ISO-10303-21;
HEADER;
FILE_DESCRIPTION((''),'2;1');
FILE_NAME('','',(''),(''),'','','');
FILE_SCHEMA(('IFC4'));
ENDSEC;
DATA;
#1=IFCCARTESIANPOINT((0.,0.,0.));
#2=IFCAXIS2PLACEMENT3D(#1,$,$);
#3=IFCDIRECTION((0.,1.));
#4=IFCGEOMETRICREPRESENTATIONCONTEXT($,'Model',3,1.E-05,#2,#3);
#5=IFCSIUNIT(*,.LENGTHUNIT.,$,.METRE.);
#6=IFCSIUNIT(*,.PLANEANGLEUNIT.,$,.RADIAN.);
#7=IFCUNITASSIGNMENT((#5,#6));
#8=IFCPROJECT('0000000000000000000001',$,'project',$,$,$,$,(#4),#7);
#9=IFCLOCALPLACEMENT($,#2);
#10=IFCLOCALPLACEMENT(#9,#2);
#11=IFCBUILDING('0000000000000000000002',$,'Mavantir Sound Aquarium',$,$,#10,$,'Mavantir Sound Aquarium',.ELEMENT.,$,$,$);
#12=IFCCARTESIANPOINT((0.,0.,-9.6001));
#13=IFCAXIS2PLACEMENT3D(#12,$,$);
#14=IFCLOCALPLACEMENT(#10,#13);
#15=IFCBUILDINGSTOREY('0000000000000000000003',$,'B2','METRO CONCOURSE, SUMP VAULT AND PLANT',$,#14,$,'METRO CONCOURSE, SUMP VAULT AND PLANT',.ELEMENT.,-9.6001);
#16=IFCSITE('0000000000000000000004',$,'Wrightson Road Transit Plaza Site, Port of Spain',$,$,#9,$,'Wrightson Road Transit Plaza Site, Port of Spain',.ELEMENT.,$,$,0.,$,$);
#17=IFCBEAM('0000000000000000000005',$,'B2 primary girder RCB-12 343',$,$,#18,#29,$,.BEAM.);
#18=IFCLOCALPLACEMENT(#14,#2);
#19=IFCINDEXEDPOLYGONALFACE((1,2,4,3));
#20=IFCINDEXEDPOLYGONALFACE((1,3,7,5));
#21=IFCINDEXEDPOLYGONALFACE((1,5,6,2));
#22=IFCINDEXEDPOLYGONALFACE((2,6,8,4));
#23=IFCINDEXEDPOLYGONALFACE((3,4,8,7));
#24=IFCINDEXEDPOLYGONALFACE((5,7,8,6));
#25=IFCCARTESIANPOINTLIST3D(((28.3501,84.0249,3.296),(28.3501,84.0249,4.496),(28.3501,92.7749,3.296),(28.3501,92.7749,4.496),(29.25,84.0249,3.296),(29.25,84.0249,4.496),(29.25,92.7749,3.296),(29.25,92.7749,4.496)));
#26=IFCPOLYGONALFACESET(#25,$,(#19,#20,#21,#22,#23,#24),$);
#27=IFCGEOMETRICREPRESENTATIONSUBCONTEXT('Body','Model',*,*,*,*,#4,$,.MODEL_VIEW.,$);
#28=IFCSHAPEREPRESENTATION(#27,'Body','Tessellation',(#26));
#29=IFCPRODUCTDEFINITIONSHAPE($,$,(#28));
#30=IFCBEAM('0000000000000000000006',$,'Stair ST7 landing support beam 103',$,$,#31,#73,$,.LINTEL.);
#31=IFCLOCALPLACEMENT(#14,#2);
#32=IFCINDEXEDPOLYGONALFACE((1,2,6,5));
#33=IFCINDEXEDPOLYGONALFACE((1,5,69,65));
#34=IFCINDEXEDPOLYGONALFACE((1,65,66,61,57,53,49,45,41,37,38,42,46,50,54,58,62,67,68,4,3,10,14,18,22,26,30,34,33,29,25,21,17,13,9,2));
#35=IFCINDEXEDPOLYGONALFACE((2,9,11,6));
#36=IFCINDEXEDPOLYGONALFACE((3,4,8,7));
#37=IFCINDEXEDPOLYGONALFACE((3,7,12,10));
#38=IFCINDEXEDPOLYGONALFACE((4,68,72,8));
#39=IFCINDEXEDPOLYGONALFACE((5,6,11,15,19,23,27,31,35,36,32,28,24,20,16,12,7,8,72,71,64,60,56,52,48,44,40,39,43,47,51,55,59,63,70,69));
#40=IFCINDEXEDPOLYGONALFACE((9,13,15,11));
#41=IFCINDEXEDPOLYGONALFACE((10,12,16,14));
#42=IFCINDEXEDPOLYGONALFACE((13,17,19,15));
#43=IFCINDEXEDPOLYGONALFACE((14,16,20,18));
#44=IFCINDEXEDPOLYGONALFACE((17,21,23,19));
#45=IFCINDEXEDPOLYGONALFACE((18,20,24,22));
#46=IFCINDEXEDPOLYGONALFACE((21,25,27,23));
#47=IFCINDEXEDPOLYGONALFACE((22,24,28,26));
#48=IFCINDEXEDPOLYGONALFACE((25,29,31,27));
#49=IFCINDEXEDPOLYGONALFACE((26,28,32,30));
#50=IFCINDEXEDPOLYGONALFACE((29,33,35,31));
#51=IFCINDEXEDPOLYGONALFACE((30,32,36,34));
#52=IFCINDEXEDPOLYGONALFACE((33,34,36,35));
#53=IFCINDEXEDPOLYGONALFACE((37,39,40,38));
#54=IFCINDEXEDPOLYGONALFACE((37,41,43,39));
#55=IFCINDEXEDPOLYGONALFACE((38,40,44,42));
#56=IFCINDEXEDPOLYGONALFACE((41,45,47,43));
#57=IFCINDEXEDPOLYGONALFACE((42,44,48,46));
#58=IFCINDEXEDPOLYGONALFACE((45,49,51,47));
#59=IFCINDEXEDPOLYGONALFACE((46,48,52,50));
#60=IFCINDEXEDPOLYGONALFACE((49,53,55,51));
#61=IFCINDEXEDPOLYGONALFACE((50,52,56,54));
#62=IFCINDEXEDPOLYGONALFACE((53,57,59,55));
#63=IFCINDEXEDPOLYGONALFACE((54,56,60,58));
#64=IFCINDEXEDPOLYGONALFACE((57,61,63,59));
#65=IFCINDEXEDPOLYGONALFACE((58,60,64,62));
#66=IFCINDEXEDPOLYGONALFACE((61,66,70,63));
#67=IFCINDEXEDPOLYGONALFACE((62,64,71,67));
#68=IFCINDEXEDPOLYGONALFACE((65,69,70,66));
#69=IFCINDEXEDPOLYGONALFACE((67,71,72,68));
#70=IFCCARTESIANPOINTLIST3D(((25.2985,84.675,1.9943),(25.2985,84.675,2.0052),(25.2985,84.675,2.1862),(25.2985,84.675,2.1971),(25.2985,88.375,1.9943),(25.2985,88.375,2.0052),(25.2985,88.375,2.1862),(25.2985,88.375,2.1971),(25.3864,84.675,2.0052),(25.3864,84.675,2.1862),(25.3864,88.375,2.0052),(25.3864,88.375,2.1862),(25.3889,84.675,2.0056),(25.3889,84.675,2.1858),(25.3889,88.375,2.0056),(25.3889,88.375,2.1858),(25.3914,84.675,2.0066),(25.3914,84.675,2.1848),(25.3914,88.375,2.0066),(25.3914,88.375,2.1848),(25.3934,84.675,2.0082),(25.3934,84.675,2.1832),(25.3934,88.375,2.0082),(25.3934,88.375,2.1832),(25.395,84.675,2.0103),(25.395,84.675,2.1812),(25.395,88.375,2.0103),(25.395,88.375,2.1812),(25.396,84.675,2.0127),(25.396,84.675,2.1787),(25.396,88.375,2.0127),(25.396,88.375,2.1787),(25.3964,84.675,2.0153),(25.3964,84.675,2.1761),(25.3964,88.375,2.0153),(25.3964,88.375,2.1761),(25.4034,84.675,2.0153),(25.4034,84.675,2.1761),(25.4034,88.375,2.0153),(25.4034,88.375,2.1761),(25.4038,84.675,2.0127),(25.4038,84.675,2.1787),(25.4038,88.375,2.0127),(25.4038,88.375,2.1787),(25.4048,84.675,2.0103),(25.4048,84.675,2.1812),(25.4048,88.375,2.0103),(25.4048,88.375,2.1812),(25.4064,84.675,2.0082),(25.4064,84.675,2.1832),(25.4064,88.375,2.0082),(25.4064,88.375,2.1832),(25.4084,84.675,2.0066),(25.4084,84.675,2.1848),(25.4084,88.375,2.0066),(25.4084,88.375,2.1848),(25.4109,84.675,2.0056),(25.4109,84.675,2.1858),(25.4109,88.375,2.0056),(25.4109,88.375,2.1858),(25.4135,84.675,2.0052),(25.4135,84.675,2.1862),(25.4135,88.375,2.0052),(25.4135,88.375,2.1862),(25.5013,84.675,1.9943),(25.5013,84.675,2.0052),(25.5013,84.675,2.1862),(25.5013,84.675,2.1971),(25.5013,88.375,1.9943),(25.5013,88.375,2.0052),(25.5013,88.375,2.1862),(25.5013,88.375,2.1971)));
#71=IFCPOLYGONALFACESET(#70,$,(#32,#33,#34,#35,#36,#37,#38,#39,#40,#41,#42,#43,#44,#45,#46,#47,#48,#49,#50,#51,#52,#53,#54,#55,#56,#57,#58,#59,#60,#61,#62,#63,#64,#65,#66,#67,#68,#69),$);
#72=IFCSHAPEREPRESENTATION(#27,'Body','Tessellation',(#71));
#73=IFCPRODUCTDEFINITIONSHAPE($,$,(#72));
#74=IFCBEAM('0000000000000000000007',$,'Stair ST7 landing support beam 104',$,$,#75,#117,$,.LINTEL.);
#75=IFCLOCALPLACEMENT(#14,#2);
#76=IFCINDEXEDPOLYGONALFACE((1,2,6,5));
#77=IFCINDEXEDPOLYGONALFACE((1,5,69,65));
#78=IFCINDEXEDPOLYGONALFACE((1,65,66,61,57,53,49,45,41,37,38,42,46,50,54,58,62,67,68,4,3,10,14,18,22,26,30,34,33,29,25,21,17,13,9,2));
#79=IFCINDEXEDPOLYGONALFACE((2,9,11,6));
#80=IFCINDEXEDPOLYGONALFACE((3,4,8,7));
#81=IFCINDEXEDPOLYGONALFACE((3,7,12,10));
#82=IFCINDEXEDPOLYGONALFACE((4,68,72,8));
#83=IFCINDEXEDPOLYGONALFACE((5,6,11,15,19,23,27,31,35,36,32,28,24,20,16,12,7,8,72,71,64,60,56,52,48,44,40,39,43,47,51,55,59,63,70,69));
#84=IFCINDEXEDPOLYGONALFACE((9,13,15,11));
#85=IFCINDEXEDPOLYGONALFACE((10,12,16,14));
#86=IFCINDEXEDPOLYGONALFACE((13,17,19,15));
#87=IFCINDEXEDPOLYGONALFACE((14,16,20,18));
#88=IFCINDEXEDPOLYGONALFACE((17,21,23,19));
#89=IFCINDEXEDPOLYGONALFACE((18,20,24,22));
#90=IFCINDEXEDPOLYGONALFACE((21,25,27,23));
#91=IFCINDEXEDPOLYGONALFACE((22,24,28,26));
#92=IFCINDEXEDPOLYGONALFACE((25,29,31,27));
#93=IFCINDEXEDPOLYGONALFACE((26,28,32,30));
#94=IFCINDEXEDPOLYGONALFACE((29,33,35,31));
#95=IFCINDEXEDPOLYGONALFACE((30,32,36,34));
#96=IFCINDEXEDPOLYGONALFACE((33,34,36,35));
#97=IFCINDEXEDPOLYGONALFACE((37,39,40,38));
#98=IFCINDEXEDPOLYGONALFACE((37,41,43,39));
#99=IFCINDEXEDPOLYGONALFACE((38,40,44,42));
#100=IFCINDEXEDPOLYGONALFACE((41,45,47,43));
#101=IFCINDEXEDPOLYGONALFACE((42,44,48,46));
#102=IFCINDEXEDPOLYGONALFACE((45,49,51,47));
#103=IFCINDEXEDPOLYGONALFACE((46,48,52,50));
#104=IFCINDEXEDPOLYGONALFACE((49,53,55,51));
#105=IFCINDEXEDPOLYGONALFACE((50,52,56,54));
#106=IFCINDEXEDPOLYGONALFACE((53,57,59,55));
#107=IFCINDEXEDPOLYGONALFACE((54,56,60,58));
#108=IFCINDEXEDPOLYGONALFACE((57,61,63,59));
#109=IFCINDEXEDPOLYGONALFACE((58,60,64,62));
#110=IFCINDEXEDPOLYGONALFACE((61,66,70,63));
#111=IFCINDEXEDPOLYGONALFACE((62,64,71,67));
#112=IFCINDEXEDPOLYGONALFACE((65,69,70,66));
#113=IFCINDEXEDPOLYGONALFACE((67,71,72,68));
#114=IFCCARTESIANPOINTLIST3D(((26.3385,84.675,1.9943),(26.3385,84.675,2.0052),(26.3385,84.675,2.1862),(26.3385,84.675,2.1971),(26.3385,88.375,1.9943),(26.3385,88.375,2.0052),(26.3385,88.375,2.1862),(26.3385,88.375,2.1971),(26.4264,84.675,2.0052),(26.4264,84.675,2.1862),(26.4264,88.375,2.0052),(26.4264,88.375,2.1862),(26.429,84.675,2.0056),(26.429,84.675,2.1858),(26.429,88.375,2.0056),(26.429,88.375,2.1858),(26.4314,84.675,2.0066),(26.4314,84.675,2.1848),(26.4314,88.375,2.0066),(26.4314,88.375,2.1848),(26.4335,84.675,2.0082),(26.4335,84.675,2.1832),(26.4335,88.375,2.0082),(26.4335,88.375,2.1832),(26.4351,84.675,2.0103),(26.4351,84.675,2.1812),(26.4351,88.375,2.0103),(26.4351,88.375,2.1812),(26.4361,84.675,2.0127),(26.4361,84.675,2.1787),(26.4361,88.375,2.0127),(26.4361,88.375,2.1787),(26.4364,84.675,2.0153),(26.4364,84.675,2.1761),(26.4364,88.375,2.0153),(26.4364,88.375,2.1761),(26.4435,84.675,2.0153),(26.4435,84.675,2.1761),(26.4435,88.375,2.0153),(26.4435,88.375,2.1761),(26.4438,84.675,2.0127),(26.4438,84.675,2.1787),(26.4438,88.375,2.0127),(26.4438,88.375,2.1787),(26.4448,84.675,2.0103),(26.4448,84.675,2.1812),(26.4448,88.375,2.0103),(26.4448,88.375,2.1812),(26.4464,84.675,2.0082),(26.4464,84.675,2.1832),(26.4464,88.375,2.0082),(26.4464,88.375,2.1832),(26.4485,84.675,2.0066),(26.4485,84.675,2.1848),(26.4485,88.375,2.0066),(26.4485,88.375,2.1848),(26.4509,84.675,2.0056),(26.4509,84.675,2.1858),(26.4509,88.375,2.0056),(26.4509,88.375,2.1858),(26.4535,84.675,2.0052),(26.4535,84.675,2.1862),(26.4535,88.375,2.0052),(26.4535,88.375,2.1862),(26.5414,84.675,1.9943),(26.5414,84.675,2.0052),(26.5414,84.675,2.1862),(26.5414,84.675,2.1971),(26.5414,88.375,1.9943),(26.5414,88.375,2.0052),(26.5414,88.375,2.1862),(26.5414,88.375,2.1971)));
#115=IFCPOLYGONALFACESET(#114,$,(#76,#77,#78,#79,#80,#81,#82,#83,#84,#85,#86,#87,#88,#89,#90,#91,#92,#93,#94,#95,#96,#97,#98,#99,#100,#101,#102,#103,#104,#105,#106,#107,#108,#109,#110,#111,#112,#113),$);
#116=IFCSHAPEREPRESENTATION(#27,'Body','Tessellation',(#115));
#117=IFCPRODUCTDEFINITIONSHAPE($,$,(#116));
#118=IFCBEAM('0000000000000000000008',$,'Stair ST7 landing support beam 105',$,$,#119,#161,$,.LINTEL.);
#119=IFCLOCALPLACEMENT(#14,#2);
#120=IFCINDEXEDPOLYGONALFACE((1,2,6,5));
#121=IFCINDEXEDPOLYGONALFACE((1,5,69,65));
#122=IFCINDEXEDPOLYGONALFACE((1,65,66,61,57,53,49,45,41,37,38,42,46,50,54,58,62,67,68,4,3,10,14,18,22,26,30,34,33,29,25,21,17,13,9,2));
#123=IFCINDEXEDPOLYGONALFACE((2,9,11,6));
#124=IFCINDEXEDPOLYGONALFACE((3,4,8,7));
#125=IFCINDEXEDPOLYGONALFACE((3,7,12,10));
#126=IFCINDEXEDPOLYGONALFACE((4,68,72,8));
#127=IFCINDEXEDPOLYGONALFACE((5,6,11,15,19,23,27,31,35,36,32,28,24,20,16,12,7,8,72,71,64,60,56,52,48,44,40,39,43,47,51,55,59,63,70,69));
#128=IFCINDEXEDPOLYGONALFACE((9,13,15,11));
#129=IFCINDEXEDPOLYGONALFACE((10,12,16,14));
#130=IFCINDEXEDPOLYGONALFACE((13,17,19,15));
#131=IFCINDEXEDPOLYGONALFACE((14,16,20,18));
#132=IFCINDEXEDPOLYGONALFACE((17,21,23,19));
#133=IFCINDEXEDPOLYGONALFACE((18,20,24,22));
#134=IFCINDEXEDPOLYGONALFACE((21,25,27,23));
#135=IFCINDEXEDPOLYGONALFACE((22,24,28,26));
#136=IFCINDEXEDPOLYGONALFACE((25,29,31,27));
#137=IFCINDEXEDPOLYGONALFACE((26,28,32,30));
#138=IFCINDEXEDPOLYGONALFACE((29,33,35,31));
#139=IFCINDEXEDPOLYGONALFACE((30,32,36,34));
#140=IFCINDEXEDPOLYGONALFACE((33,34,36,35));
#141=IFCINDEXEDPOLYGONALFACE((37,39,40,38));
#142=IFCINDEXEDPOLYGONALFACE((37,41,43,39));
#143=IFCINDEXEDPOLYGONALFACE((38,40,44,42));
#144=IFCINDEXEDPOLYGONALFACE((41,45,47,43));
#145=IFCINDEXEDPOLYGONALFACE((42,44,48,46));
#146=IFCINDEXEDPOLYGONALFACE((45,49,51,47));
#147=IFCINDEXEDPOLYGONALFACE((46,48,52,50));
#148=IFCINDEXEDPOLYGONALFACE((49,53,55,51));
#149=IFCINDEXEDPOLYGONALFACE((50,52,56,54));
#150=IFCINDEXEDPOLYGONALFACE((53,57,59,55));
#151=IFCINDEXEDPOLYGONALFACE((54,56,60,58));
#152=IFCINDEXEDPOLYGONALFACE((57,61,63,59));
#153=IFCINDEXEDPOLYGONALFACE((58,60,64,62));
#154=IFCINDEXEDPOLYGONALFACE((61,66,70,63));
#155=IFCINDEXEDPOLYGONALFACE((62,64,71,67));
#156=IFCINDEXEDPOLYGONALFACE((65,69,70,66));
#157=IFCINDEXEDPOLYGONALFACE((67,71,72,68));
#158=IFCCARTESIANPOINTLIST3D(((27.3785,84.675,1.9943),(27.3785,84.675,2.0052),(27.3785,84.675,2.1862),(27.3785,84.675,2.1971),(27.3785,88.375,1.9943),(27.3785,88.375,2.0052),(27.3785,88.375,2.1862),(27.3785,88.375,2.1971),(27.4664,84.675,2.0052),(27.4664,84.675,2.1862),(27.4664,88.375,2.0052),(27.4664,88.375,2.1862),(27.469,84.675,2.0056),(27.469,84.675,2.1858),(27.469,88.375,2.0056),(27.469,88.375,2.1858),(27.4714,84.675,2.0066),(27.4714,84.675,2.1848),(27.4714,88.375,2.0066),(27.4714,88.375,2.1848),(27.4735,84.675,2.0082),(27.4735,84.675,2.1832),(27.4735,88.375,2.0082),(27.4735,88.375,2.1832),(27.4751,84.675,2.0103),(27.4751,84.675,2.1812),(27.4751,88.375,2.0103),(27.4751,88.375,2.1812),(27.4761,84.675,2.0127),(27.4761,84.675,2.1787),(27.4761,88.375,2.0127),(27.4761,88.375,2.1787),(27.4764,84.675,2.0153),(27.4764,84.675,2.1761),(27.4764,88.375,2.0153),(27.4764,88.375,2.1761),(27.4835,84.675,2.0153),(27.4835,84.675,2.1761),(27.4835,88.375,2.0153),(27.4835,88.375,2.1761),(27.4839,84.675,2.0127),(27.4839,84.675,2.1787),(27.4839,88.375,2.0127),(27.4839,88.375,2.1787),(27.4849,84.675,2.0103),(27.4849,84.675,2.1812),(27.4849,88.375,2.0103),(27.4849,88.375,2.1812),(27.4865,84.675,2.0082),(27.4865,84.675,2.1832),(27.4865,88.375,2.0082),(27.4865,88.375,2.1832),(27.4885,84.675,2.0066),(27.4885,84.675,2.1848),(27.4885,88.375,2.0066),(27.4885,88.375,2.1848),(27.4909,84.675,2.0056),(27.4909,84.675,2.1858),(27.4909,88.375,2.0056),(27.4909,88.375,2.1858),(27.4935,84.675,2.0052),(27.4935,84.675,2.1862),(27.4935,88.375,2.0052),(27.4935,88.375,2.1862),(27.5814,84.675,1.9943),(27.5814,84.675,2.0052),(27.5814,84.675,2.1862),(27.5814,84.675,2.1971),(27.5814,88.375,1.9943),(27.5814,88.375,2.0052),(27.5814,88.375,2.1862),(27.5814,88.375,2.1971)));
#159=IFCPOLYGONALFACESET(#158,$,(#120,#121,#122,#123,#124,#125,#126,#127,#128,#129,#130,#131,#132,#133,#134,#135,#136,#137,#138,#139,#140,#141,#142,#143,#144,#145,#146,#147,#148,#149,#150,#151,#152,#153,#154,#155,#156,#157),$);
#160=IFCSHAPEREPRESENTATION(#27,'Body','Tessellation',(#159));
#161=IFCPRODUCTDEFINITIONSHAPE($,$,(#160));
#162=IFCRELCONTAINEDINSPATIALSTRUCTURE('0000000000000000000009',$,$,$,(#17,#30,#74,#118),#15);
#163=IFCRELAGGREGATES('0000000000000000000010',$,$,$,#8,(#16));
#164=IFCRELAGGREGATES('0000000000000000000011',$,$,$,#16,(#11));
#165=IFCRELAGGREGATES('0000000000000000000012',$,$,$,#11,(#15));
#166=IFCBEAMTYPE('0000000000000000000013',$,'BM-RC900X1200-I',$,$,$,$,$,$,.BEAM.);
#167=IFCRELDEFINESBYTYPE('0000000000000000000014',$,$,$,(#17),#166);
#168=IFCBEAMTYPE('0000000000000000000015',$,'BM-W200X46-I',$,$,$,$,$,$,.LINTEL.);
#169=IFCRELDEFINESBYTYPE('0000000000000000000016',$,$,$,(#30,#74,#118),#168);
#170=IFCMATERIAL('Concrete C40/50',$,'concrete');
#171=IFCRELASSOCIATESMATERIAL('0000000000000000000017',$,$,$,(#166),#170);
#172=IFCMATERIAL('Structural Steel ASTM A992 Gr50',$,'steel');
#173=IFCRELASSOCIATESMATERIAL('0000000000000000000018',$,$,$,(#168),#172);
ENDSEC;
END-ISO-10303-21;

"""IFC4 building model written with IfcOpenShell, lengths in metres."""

from ifc_helpers import new_model, si_unit, direction, frame, origin, origin_2d, place, context, subcontext, project, spatial, rectangle, i_section, extrude, material, material_profile, profile_set, type_object, element, save


model = new_model("IFC4")

# Units and contexts
model_context = context("Model", 3, precision=1e-05, world=origin(), true_north=direction((0.0, 1.0)))
body_context = subcontext(model_context, "Body", "Model", "MODEL_VIEW")
ifc_project = project(units=[si_unit("LENGTHUNIT", "METRE"), si_unit("PLANEANGLEUNIT", "RADIAN")], contexts=[model_context])

# Site, building, storey
site_placement = place(None, origin())
site = spatial("IfcSite", under=ifc_project, at=site_placement, Name="Wrightson Road Transit Plaza Site, Port of Spain", LongName="Wrightson Road Transit Plaza Site, Port of Spain", CompositionType="ELEMENT", RefElevation=0.0)
building_placement = place(site_placement, origin())
building = spatial("IfcBuilding", under=site, at=building_placement, Name="Mavantir Sound Aquarium", LongName="Mavantir Sound Aquarium", CompositionType="ELEMENT")
storey_placement = place(building_placement, frame((0.0, 0.0, -9.6001)))
storey = spatial("IfcBuildingStorey", under=building, at=storey_placement, Name="B2", Description="METRO CONCOURSE, SUMP VAULT AND PLANT", LongName="METRO CONCOURSE, SUMP VAULT AND PLANT", CompositionType="ELEMENT", Elevation=-9.6001)

# Shared definitions
ifc_material_1 = material(Name="Concrete C40/50", Category="concrete")

# Beams
ifc_material_profile_1 = material_profile(ifc_material_1, rectangle(XDim=0.8999, YDim=1.2, at=origin_2d()), Name="RC 900X1200")
ifc_profile_set_1 = profile_set([ifc_material_profile_1], Name="Concrete C40/50")
beam_type_1 = type_object("IfcBeamType", Name="BM-RC900X1200-I", PredefinedType="BEAM", material=ifc_profile_set_1)
beam_1_placement = place(storey_placement, frame((28.8, 84.0249, 3.896), z_axis=(0.0, 1.0, 0.0), x_axis=(-1.0, 0.0, 0.0)))
element("IfcBeam", 1, at=beam_1_placement, inside=storey, type_object=beam_type_1, Name="B2 primary girder RCB-12 343", PredefinedType="BEAM", context=body_context, shape_type="SweptSolid", body=[
    extrude(rectangle(XDim=0.8999, YDim=1.2, at=origin_2d()), origin(), (0.0, 0.0, 1.0), 8.75),
])
ifc_material_2 = material(Name="Structural Steel ASTM A992 Gr50", Category="steel")
ifc_material_profile_2 = material_profile(ifc_material_2, i_section(OverallWidth=0.2029, OverallDepth=0.2029, WebThickness=0.0071, FlangeThickness=0.011, FilletRadius=0.01, at=origin_2d()), Name="W200X46")
ifc_profile_set_2 = profile_set([ifc_material_profile_2], Name="Structural Steel ASTM A992 Gr50")
beam_type_2 = type_object("IfcBeamType", Name="BM-W200X46-I", PredefinedType="LINTEL", material=ifc_profile_set_2)
for number, where, z_axis, x_axis, name in (
    (2, (25.3999, 84.675, 2.0957), (0.0, 1.0, 0.0), (-1.0, 0.0, 0.0), "Stair ST7 landing support beam 103"),
    (3, (26.4399, 84.675, 2.0957), (0.0, 1.0, 0.0), (-1.0, 0.0, 0.0), "Stair ST7 landing support beam 104"),
    (4, (27.48, 84.675, 2.0957), (0.0, 1.0, 0.0), (-1.0, 0.0, 0.0), "Stair ST7 landing support beam 105"),
):
    element("IfcBeam", number, at=place(storey_placement, frame(where, z_axis=z_axis, x_axis=x_axis)), inside=storey, type_object=beam_type_2, Name=name, PredefinedType="LINTEL", context=body_context, shape_type="SweptSolid", body=[
        extrude(i_section(OverallWidth=0.2029, OverallDepth=0.2029, WebThickness=0.0071, FlangeThickness=0.011, FilletRadius=0.01, at=origin_2d()), origin(), (0.0, 0.0, 1.0), 3.7),
    ])

save(model, "model.ifc")
